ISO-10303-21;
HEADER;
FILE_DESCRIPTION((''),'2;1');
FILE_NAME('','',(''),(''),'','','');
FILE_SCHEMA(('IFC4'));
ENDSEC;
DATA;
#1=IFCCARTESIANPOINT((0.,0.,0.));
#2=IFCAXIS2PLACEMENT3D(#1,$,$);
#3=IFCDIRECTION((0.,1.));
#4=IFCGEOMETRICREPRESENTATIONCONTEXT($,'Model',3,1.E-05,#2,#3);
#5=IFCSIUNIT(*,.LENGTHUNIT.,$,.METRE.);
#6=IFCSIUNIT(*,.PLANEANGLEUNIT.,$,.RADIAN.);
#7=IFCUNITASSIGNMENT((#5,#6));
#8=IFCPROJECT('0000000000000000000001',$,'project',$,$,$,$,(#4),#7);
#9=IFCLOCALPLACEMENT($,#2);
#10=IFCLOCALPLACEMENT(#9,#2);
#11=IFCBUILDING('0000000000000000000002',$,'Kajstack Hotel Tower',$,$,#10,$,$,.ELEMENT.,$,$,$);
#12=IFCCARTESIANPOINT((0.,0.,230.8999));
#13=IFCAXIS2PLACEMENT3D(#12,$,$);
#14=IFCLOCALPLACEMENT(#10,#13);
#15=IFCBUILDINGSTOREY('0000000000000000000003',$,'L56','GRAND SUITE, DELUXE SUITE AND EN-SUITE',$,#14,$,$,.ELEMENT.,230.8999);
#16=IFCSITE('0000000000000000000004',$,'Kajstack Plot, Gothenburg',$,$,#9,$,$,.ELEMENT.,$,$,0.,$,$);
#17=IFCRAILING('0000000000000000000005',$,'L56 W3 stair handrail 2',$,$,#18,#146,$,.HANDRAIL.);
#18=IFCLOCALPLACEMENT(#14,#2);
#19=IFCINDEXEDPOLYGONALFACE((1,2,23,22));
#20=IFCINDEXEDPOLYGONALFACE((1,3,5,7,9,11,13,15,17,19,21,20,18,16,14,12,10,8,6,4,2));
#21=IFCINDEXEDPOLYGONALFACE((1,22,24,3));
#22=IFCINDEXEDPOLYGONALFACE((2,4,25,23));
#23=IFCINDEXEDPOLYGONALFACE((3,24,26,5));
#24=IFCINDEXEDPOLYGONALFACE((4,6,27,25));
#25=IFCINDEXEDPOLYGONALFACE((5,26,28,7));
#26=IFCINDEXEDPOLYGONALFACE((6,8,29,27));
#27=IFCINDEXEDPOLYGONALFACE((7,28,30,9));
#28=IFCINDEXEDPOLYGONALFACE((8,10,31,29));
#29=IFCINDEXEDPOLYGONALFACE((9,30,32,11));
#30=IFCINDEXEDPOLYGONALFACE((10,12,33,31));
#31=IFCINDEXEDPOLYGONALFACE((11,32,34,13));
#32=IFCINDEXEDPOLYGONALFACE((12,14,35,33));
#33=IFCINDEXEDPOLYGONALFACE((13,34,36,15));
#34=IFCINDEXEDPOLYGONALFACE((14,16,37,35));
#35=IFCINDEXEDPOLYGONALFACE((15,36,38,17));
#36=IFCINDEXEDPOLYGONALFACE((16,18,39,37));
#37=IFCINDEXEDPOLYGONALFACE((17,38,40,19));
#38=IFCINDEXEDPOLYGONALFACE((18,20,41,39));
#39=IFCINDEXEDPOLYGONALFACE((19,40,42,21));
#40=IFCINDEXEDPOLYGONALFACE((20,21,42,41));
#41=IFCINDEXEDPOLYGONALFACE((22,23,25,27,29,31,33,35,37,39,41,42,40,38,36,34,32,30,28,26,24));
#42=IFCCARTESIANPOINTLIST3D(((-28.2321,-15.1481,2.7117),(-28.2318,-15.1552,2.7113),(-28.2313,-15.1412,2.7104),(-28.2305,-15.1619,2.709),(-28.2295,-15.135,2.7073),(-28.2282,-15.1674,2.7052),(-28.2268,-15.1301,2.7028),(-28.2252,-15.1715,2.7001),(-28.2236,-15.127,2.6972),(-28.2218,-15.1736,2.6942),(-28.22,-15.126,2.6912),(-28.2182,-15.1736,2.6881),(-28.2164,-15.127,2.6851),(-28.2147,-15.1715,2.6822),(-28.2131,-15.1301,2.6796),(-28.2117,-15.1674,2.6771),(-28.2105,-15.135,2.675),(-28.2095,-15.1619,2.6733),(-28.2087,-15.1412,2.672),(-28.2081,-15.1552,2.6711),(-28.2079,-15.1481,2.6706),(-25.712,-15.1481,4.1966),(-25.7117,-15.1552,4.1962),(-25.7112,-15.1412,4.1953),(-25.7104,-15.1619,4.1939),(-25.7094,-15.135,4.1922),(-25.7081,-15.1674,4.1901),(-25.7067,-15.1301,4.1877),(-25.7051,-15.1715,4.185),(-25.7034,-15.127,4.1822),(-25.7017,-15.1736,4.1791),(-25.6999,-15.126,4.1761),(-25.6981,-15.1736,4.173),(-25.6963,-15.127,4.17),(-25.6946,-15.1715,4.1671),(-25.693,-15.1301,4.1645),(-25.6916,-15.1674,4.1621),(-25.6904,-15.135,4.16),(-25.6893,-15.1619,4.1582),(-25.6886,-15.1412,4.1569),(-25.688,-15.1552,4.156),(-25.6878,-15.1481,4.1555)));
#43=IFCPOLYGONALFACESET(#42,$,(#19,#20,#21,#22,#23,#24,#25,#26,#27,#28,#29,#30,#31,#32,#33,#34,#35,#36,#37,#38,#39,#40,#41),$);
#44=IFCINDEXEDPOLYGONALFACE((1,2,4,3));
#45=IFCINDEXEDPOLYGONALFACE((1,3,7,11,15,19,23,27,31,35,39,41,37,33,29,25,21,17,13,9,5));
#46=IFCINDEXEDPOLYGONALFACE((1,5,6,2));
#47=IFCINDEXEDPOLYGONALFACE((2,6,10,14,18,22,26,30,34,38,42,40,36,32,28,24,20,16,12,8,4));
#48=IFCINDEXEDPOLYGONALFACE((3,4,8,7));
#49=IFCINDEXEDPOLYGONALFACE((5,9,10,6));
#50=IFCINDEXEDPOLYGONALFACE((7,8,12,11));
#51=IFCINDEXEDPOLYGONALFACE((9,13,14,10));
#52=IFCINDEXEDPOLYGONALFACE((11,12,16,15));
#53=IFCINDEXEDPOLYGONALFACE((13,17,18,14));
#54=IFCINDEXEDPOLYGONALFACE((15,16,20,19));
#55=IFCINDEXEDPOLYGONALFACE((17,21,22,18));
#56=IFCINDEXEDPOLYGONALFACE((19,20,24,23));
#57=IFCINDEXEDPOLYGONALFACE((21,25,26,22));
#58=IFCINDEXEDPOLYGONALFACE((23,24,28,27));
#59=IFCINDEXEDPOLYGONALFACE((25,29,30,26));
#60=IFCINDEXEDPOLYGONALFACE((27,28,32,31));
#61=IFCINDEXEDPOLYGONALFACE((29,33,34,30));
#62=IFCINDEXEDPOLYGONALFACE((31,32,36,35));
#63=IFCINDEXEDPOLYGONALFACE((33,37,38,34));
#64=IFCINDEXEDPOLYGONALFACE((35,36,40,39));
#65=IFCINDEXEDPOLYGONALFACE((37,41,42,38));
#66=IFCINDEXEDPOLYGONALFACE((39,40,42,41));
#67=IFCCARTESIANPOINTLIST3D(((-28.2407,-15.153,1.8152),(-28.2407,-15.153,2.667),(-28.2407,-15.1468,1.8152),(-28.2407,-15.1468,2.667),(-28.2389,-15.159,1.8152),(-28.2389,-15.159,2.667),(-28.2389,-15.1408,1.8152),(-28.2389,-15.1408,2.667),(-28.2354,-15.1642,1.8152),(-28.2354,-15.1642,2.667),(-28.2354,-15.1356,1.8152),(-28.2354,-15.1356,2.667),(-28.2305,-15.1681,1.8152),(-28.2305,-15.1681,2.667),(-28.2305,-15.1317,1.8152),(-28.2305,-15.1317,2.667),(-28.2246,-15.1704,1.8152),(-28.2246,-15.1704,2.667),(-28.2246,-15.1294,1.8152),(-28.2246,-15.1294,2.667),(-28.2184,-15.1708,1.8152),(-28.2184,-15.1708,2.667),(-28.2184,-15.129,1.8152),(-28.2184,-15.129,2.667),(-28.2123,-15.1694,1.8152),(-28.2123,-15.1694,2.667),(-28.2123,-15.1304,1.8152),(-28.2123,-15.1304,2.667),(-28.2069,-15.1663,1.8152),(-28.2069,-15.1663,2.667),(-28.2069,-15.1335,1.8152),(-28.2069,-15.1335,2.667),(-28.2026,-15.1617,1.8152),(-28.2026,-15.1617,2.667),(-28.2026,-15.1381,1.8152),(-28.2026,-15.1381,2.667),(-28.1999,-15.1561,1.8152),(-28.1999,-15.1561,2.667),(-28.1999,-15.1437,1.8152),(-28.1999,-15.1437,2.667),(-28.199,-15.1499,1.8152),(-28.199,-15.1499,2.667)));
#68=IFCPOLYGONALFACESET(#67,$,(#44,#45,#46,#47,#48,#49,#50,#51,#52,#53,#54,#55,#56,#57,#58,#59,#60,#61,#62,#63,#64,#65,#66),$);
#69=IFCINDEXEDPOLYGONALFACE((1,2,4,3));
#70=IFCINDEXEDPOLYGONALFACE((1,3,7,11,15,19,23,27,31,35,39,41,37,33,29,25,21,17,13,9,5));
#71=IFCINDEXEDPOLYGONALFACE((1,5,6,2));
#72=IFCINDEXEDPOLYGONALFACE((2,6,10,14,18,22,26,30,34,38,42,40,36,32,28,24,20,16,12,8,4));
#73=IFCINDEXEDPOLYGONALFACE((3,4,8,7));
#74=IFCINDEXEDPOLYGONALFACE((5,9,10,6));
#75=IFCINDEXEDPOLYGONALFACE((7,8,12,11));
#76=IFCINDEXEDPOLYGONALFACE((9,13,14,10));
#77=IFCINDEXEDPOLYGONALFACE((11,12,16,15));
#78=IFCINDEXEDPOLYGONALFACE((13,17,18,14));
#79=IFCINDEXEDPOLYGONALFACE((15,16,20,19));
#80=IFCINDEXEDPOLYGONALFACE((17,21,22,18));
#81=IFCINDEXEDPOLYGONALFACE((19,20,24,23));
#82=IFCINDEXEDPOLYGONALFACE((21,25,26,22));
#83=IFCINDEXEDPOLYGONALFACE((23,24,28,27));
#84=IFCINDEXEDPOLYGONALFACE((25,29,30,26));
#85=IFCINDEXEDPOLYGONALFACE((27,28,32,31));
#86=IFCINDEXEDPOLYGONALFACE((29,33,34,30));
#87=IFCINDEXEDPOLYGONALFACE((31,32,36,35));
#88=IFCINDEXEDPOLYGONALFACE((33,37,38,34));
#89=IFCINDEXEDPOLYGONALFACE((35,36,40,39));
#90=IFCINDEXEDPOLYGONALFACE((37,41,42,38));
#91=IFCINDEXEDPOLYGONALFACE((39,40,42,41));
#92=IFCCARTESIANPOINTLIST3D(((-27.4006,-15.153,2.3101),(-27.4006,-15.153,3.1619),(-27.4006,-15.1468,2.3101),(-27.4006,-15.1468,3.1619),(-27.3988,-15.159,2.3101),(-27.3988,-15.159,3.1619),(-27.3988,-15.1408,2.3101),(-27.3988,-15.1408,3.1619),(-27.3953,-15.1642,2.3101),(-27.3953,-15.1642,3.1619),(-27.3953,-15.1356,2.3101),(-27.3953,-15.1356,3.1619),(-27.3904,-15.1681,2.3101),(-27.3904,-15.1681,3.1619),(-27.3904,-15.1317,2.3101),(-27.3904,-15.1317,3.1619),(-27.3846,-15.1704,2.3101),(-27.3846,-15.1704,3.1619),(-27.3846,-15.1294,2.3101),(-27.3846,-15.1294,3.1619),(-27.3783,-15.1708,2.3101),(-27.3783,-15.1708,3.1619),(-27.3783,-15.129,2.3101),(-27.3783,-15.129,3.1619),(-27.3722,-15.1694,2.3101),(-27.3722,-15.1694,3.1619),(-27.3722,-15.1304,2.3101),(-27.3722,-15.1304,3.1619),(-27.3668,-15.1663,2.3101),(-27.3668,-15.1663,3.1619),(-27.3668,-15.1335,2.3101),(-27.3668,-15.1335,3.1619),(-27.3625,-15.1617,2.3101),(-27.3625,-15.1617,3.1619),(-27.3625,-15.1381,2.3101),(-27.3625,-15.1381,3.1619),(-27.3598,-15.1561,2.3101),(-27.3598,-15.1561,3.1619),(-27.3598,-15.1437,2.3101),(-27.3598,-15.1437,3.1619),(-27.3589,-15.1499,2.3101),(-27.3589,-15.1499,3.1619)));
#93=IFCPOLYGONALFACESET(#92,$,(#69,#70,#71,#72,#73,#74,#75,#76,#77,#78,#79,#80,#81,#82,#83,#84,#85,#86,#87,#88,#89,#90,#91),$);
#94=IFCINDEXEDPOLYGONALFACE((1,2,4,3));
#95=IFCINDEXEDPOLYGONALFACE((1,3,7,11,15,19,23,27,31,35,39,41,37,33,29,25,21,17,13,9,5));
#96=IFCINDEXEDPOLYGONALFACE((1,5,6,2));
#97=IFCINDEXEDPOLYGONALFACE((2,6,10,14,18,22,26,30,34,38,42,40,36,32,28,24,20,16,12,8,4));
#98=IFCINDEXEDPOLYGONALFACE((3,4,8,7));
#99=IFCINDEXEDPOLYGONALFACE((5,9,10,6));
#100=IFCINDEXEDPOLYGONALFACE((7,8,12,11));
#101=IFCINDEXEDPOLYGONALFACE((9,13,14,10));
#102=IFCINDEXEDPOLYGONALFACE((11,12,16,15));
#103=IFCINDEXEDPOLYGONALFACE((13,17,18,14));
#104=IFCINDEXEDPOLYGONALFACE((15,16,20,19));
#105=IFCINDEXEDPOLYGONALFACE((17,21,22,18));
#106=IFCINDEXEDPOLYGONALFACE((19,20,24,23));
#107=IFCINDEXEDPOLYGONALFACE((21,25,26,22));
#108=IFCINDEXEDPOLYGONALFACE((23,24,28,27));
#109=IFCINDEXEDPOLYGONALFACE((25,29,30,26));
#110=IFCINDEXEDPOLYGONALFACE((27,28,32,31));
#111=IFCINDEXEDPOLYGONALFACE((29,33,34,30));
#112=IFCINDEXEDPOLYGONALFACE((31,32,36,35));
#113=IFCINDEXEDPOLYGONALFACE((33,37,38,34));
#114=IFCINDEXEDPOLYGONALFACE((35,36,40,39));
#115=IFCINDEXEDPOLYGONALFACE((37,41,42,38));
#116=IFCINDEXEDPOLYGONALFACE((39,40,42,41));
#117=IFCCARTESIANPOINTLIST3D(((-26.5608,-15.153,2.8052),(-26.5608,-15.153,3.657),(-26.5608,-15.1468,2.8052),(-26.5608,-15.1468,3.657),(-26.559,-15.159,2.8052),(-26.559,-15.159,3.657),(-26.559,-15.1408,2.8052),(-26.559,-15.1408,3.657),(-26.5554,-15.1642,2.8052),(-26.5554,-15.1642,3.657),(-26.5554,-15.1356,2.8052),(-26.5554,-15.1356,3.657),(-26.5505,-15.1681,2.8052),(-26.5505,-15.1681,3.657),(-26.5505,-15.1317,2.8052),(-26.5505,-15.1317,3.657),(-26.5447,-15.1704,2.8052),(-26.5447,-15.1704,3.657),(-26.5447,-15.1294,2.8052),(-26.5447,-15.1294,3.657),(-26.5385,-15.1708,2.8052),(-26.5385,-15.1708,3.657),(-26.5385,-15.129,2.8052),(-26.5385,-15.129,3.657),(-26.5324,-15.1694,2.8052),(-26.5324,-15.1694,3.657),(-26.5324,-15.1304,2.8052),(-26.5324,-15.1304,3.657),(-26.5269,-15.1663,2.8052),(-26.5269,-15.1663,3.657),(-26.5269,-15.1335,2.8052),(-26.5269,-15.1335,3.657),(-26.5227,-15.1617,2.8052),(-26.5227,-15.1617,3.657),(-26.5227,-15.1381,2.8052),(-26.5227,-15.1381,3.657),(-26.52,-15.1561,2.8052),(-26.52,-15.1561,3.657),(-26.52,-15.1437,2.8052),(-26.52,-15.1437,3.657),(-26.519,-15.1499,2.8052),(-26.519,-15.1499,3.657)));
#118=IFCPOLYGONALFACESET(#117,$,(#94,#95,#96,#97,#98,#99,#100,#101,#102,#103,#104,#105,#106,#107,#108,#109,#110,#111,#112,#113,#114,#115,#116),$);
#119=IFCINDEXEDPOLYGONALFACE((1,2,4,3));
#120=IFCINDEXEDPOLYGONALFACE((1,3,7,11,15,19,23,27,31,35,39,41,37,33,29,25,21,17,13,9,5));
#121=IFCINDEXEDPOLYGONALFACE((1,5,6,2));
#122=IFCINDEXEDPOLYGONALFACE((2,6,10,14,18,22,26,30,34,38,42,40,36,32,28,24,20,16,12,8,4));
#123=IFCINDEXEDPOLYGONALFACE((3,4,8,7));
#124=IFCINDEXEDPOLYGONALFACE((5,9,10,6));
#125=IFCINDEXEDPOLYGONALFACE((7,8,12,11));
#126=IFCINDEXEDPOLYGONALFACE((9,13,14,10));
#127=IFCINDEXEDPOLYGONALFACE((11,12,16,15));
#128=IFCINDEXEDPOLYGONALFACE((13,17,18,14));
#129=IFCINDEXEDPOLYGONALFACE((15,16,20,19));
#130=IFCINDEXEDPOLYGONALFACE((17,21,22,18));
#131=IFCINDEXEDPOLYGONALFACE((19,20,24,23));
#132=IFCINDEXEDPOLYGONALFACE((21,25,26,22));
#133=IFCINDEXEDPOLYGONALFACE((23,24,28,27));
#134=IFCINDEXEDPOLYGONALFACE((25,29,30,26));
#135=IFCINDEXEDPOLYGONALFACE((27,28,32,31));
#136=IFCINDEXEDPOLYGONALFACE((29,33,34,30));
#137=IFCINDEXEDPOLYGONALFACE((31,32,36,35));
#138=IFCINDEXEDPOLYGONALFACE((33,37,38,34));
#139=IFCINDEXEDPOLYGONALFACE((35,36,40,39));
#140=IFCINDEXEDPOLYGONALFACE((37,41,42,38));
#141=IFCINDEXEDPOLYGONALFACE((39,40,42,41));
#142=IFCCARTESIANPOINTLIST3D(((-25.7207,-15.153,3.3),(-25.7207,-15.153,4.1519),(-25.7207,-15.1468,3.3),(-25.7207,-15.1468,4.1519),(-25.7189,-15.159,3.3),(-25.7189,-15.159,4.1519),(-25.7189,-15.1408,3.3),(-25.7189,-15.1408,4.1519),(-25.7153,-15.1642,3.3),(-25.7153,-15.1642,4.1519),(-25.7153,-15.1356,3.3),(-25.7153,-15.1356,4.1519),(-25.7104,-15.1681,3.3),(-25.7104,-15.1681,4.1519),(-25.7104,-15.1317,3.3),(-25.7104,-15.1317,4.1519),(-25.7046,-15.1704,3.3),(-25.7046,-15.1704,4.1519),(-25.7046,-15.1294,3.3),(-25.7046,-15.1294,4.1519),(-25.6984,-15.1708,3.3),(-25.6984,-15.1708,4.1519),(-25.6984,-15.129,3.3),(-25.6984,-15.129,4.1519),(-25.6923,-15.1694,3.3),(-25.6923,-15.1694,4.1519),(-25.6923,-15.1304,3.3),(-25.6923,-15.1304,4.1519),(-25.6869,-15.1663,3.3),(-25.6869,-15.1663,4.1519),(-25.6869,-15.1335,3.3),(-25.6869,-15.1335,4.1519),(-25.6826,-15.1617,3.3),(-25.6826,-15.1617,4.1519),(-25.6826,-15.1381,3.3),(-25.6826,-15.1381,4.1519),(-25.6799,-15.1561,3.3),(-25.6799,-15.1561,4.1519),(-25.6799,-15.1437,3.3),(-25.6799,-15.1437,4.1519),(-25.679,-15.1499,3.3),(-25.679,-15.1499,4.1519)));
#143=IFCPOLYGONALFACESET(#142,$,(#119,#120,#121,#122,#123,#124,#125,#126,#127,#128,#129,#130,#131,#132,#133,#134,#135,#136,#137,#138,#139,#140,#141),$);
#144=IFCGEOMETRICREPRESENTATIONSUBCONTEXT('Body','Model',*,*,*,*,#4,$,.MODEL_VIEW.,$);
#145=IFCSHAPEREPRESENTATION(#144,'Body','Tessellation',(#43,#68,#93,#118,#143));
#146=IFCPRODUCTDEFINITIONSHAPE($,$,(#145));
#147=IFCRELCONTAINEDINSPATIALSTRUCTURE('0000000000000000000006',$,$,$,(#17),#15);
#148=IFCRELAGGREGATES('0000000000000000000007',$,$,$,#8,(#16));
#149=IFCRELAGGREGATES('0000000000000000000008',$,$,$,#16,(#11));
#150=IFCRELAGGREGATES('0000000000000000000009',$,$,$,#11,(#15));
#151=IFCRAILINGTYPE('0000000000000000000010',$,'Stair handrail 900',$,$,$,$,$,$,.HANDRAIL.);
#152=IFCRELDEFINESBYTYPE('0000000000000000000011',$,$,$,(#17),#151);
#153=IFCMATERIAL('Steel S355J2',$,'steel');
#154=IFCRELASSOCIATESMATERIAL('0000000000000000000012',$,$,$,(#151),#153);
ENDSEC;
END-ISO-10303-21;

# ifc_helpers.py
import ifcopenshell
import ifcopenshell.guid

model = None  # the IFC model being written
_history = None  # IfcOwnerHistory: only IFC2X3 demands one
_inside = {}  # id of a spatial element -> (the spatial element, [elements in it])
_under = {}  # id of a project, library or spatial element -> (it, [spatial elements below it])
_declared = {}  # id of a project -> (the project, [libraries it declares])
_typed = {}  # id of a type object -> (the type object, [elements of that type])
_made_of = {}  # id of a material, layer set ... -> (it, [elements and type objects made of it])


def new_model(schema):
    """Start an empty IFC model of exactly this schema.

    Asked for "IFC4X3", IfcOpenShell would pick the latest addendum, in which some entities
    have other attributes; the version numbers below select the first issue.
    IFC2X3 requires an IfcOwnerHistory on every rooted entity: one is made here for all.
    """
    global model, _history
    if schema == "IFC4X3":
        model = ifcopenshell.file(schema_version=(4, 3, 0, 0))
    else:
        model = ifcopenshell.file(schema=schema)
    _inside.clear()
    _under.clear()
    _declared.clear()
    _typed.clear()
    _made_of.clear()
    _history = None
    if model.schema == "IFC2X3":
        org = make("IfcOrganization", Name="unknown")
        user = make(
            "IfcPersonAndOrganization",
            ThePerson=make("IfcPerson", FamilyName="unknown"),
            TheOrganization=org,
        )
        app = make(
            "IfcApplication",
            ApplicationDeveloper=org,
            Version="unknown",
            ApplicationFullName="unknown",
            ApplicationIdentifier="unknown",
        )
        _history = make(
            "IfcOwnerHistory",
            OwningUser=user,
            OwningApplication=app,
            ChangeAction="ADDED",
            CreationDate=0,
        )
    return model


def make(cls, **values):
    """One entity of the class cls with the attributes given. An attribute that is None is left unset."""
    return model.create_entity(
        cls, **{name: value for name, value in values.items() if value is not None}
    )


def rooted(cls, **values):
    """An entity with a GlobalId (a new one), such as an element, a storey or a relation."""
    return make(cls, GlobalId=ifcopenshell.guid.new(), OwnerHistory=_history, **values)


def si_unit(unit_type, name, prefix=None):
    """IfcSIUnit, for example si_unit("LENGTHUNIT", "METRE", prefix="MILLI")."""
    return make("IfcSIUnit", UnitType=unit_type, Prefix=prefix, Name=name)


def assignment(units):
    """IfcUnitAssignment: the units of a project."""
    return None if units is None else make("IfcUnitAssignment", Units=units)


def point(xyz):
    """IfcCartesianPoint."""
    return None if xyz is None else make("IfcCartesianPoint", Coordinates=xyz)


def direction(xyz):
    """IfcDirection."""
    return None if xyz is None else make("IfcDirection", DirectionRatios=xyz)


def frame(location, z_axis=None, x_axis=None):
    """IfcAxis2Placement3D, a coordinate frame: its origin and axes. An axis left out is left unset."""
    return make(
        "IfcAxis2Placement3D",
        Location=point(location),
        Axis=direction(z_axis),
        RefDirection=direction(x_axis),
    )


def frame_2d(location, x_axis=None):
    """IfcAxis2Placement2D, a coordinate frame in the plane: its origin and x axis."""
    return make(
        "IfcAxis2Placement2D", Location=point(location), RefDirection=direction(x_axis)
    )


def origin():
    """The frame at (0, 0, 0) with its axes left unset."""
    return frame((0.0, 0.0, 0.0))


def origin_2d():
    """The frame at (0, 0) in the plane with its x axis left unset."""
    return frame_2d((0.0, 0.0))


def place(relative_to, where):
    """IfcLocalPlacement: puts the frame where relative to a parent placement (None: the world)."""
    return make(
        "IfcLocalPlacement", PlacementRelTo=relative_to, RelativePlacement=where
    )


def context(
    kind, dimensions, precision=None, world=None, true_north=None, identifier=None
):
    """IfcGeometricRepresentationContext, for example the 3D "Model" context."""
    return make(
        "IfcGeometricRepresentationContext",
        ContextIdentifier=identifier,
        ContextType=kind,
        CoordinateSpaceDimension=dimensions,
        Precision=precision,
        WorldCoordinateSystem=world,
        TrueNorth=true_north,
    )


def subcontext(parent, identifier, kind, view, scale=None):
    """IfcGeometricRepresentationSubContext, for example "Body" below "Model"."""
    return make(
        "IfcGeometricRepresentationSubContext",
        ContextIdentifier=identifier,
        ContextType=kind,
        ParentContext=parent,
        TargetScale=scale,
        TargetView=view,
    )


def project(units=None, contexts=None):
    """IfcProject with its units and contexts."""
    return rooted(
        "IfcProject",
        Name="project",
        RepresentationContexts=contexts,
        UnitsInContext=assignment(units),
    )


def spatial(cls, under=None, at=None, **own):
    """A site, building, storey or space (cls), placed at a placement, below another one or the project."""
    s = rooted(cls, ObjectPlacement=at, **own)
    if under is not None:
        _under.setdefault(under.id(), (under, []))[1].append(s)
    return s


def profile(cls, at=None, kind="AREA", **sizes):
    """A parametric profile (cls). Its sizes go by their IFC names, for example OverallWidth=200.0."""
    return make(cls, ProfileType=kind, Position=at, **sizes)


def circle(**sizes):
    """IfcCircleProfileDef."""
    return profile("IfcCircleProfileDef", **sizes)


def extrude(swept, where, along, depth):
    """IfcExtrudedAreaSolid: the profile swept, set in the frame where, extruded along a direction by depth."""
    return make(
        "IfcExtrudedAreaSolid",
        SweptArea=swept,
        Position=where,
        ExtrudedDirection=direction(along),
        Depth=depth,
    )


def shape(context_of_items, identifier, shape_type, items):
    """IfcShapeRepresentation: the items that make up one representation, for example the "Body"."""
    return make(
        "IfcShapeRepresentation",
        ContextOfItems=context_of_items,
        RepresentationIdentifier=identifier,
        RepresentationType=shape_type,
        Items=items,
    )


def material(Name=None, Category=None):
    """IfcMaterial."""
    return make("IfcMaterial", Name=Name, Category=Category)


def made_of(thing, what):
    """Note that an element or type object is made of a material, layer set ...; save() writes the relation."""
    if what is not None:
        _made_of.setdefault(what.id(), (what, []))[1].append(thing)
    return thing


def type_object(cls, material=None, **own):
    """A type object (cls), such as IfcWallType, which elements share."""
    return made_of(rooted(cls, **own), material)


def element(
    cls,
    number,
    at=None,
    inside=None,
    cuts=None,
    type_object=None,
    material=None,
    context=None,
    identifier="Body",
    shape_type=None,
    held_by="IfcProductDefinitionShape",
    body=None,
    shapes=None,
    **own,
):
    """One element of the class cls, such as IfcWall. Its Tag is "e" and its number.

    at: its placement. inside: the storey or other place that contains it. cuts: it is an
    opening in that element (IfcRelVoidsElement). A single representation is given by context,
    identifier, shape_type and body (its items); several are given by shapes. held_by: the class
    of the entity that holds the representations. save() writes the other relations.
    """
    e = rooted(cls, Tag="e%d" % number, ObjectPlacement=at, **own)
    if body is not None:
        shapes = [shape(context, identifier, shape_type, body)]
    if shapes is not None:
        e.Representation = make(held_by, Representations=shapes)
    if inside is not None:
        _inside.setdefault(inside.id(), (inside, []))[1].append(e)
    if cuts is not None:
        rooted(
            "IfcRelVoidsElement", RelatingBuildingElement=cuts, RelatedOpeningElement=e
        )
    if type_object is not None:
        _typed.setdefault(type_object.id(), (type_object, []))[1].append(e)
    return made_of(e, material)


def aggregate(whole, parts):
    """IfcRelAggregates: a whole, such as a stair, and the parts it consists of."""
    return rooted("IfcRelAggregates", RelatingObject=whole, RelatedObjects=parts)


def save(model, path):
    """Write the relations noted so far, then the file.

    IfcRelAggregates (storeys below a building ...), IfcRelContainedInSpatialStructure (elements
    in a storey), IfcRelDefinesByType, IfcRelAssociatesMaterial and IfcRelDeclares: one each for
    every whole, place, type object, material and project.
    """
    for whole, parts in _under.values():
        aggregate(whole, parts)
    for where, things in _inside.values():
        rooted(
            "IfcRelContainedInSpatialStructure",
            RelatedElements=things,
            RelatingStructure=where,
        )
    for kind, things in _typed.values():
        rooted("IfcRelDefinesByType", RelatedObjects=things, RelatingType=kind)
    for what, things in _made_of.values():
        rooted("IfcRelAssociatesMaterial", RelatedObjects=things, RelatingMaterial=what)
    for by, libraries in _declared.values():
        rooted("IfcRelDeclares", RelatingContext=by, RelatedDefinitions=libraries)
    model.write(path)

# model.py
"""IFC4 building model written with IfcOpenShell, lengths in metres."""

from ifc_helpers import new_model, si_unit, direction, frame, origin, origin_2d, place, context, subcontext, project, spatial, circle, extrude, material, type_object, element, save


model = new_model("IFC4")

# Units and contexts
model_context = context("Model", 3, precision=1e-05, world=origin(), true_north=direction((0.0, 1.0)))
body_context = subcontext(model_context, "Body", "Model", "MODEL_VIEW")
ifc_project = project(units=[si_unit("LENGTHUNIT", "METRE"), si_unit("PLANEANGLEUNIT", "RADIAN")], contexts=[model_context])

# Site, building, storey
site_placement = place(None, origin())
site = spatial("IfcSite", under=ifc_project, at=site_placement, Name="Kajstack Plot, Gothenburg", CompositionType="ELEMENT", RefElevation=0.0)
building_placement = place(site_placement, origin())
building = spatial("IfcBuilding", under=site, at=building_placement, Name="Kajstack Hotel Tower", CompositionType="ELEMENT")
storey_placement = place(building_placement, frame((0.0, 0.0, 230.8999)))
storey = spatial("IfcBuildingStorey", under=building, at=storey_placement, Name="L56", Description="GRAND SUITE, DELUXE SUITE AND EN-SUITE", CompositionType="ELEMENT", Elevation=230.8999)

# Railing
ifc_material_1 = material(Name="Steel S355J2", Category="steel")
railing_type_1 = type_object("IfcRailingType", Name="Stair handrail 900", PredefinedType="HANDRAIL", material=ifc_material_1)
railing_1_placement = place(storey_placement, frame((-28.22, -15.1499, 1.8152)))
element("IfcRailing", 1, at=railing_1_placement, inside=storey, type_object=railing_type_1, Name="L56 W3 stair handrail 2", PredefinedType="HANDRAIL", context=body_context, shape_type="SweptSolid", body=[
    extrude(circle(Radius=0.0239, at=origin_2d()), frame((0.0, 0.0, 0.876), z_axis=(0.861561, 0.0, 0.507655), x_axis=(0.0, 1.0, 0.0)), (0.0, 0.0, 1.0), 2.925),
    extrude(circle(Radius=0.021, at=origin_2d()), origin(), (0.0, 0.0, 1.0), 0.8518),
    extrude(circle(Radius=0.021, at=origin_2d()), frame((0.8401, 0.0, 0.4949)), (0.0, 0.0, 1.0), 0.8518),
    extrude(circle(Radius=0.021, at=origin_2d()), frame((1.6799, 0.0, 0.99)), (0.0, 0.0, 1.0), 0.8518),
    extrude(circle(Radius=0.021, at=origin_2d()), frame((2.52, 0.0, 1.4849)), (0.0, 0.0, 1.0), 0.8518),
])

save(model, "model.ifc")
